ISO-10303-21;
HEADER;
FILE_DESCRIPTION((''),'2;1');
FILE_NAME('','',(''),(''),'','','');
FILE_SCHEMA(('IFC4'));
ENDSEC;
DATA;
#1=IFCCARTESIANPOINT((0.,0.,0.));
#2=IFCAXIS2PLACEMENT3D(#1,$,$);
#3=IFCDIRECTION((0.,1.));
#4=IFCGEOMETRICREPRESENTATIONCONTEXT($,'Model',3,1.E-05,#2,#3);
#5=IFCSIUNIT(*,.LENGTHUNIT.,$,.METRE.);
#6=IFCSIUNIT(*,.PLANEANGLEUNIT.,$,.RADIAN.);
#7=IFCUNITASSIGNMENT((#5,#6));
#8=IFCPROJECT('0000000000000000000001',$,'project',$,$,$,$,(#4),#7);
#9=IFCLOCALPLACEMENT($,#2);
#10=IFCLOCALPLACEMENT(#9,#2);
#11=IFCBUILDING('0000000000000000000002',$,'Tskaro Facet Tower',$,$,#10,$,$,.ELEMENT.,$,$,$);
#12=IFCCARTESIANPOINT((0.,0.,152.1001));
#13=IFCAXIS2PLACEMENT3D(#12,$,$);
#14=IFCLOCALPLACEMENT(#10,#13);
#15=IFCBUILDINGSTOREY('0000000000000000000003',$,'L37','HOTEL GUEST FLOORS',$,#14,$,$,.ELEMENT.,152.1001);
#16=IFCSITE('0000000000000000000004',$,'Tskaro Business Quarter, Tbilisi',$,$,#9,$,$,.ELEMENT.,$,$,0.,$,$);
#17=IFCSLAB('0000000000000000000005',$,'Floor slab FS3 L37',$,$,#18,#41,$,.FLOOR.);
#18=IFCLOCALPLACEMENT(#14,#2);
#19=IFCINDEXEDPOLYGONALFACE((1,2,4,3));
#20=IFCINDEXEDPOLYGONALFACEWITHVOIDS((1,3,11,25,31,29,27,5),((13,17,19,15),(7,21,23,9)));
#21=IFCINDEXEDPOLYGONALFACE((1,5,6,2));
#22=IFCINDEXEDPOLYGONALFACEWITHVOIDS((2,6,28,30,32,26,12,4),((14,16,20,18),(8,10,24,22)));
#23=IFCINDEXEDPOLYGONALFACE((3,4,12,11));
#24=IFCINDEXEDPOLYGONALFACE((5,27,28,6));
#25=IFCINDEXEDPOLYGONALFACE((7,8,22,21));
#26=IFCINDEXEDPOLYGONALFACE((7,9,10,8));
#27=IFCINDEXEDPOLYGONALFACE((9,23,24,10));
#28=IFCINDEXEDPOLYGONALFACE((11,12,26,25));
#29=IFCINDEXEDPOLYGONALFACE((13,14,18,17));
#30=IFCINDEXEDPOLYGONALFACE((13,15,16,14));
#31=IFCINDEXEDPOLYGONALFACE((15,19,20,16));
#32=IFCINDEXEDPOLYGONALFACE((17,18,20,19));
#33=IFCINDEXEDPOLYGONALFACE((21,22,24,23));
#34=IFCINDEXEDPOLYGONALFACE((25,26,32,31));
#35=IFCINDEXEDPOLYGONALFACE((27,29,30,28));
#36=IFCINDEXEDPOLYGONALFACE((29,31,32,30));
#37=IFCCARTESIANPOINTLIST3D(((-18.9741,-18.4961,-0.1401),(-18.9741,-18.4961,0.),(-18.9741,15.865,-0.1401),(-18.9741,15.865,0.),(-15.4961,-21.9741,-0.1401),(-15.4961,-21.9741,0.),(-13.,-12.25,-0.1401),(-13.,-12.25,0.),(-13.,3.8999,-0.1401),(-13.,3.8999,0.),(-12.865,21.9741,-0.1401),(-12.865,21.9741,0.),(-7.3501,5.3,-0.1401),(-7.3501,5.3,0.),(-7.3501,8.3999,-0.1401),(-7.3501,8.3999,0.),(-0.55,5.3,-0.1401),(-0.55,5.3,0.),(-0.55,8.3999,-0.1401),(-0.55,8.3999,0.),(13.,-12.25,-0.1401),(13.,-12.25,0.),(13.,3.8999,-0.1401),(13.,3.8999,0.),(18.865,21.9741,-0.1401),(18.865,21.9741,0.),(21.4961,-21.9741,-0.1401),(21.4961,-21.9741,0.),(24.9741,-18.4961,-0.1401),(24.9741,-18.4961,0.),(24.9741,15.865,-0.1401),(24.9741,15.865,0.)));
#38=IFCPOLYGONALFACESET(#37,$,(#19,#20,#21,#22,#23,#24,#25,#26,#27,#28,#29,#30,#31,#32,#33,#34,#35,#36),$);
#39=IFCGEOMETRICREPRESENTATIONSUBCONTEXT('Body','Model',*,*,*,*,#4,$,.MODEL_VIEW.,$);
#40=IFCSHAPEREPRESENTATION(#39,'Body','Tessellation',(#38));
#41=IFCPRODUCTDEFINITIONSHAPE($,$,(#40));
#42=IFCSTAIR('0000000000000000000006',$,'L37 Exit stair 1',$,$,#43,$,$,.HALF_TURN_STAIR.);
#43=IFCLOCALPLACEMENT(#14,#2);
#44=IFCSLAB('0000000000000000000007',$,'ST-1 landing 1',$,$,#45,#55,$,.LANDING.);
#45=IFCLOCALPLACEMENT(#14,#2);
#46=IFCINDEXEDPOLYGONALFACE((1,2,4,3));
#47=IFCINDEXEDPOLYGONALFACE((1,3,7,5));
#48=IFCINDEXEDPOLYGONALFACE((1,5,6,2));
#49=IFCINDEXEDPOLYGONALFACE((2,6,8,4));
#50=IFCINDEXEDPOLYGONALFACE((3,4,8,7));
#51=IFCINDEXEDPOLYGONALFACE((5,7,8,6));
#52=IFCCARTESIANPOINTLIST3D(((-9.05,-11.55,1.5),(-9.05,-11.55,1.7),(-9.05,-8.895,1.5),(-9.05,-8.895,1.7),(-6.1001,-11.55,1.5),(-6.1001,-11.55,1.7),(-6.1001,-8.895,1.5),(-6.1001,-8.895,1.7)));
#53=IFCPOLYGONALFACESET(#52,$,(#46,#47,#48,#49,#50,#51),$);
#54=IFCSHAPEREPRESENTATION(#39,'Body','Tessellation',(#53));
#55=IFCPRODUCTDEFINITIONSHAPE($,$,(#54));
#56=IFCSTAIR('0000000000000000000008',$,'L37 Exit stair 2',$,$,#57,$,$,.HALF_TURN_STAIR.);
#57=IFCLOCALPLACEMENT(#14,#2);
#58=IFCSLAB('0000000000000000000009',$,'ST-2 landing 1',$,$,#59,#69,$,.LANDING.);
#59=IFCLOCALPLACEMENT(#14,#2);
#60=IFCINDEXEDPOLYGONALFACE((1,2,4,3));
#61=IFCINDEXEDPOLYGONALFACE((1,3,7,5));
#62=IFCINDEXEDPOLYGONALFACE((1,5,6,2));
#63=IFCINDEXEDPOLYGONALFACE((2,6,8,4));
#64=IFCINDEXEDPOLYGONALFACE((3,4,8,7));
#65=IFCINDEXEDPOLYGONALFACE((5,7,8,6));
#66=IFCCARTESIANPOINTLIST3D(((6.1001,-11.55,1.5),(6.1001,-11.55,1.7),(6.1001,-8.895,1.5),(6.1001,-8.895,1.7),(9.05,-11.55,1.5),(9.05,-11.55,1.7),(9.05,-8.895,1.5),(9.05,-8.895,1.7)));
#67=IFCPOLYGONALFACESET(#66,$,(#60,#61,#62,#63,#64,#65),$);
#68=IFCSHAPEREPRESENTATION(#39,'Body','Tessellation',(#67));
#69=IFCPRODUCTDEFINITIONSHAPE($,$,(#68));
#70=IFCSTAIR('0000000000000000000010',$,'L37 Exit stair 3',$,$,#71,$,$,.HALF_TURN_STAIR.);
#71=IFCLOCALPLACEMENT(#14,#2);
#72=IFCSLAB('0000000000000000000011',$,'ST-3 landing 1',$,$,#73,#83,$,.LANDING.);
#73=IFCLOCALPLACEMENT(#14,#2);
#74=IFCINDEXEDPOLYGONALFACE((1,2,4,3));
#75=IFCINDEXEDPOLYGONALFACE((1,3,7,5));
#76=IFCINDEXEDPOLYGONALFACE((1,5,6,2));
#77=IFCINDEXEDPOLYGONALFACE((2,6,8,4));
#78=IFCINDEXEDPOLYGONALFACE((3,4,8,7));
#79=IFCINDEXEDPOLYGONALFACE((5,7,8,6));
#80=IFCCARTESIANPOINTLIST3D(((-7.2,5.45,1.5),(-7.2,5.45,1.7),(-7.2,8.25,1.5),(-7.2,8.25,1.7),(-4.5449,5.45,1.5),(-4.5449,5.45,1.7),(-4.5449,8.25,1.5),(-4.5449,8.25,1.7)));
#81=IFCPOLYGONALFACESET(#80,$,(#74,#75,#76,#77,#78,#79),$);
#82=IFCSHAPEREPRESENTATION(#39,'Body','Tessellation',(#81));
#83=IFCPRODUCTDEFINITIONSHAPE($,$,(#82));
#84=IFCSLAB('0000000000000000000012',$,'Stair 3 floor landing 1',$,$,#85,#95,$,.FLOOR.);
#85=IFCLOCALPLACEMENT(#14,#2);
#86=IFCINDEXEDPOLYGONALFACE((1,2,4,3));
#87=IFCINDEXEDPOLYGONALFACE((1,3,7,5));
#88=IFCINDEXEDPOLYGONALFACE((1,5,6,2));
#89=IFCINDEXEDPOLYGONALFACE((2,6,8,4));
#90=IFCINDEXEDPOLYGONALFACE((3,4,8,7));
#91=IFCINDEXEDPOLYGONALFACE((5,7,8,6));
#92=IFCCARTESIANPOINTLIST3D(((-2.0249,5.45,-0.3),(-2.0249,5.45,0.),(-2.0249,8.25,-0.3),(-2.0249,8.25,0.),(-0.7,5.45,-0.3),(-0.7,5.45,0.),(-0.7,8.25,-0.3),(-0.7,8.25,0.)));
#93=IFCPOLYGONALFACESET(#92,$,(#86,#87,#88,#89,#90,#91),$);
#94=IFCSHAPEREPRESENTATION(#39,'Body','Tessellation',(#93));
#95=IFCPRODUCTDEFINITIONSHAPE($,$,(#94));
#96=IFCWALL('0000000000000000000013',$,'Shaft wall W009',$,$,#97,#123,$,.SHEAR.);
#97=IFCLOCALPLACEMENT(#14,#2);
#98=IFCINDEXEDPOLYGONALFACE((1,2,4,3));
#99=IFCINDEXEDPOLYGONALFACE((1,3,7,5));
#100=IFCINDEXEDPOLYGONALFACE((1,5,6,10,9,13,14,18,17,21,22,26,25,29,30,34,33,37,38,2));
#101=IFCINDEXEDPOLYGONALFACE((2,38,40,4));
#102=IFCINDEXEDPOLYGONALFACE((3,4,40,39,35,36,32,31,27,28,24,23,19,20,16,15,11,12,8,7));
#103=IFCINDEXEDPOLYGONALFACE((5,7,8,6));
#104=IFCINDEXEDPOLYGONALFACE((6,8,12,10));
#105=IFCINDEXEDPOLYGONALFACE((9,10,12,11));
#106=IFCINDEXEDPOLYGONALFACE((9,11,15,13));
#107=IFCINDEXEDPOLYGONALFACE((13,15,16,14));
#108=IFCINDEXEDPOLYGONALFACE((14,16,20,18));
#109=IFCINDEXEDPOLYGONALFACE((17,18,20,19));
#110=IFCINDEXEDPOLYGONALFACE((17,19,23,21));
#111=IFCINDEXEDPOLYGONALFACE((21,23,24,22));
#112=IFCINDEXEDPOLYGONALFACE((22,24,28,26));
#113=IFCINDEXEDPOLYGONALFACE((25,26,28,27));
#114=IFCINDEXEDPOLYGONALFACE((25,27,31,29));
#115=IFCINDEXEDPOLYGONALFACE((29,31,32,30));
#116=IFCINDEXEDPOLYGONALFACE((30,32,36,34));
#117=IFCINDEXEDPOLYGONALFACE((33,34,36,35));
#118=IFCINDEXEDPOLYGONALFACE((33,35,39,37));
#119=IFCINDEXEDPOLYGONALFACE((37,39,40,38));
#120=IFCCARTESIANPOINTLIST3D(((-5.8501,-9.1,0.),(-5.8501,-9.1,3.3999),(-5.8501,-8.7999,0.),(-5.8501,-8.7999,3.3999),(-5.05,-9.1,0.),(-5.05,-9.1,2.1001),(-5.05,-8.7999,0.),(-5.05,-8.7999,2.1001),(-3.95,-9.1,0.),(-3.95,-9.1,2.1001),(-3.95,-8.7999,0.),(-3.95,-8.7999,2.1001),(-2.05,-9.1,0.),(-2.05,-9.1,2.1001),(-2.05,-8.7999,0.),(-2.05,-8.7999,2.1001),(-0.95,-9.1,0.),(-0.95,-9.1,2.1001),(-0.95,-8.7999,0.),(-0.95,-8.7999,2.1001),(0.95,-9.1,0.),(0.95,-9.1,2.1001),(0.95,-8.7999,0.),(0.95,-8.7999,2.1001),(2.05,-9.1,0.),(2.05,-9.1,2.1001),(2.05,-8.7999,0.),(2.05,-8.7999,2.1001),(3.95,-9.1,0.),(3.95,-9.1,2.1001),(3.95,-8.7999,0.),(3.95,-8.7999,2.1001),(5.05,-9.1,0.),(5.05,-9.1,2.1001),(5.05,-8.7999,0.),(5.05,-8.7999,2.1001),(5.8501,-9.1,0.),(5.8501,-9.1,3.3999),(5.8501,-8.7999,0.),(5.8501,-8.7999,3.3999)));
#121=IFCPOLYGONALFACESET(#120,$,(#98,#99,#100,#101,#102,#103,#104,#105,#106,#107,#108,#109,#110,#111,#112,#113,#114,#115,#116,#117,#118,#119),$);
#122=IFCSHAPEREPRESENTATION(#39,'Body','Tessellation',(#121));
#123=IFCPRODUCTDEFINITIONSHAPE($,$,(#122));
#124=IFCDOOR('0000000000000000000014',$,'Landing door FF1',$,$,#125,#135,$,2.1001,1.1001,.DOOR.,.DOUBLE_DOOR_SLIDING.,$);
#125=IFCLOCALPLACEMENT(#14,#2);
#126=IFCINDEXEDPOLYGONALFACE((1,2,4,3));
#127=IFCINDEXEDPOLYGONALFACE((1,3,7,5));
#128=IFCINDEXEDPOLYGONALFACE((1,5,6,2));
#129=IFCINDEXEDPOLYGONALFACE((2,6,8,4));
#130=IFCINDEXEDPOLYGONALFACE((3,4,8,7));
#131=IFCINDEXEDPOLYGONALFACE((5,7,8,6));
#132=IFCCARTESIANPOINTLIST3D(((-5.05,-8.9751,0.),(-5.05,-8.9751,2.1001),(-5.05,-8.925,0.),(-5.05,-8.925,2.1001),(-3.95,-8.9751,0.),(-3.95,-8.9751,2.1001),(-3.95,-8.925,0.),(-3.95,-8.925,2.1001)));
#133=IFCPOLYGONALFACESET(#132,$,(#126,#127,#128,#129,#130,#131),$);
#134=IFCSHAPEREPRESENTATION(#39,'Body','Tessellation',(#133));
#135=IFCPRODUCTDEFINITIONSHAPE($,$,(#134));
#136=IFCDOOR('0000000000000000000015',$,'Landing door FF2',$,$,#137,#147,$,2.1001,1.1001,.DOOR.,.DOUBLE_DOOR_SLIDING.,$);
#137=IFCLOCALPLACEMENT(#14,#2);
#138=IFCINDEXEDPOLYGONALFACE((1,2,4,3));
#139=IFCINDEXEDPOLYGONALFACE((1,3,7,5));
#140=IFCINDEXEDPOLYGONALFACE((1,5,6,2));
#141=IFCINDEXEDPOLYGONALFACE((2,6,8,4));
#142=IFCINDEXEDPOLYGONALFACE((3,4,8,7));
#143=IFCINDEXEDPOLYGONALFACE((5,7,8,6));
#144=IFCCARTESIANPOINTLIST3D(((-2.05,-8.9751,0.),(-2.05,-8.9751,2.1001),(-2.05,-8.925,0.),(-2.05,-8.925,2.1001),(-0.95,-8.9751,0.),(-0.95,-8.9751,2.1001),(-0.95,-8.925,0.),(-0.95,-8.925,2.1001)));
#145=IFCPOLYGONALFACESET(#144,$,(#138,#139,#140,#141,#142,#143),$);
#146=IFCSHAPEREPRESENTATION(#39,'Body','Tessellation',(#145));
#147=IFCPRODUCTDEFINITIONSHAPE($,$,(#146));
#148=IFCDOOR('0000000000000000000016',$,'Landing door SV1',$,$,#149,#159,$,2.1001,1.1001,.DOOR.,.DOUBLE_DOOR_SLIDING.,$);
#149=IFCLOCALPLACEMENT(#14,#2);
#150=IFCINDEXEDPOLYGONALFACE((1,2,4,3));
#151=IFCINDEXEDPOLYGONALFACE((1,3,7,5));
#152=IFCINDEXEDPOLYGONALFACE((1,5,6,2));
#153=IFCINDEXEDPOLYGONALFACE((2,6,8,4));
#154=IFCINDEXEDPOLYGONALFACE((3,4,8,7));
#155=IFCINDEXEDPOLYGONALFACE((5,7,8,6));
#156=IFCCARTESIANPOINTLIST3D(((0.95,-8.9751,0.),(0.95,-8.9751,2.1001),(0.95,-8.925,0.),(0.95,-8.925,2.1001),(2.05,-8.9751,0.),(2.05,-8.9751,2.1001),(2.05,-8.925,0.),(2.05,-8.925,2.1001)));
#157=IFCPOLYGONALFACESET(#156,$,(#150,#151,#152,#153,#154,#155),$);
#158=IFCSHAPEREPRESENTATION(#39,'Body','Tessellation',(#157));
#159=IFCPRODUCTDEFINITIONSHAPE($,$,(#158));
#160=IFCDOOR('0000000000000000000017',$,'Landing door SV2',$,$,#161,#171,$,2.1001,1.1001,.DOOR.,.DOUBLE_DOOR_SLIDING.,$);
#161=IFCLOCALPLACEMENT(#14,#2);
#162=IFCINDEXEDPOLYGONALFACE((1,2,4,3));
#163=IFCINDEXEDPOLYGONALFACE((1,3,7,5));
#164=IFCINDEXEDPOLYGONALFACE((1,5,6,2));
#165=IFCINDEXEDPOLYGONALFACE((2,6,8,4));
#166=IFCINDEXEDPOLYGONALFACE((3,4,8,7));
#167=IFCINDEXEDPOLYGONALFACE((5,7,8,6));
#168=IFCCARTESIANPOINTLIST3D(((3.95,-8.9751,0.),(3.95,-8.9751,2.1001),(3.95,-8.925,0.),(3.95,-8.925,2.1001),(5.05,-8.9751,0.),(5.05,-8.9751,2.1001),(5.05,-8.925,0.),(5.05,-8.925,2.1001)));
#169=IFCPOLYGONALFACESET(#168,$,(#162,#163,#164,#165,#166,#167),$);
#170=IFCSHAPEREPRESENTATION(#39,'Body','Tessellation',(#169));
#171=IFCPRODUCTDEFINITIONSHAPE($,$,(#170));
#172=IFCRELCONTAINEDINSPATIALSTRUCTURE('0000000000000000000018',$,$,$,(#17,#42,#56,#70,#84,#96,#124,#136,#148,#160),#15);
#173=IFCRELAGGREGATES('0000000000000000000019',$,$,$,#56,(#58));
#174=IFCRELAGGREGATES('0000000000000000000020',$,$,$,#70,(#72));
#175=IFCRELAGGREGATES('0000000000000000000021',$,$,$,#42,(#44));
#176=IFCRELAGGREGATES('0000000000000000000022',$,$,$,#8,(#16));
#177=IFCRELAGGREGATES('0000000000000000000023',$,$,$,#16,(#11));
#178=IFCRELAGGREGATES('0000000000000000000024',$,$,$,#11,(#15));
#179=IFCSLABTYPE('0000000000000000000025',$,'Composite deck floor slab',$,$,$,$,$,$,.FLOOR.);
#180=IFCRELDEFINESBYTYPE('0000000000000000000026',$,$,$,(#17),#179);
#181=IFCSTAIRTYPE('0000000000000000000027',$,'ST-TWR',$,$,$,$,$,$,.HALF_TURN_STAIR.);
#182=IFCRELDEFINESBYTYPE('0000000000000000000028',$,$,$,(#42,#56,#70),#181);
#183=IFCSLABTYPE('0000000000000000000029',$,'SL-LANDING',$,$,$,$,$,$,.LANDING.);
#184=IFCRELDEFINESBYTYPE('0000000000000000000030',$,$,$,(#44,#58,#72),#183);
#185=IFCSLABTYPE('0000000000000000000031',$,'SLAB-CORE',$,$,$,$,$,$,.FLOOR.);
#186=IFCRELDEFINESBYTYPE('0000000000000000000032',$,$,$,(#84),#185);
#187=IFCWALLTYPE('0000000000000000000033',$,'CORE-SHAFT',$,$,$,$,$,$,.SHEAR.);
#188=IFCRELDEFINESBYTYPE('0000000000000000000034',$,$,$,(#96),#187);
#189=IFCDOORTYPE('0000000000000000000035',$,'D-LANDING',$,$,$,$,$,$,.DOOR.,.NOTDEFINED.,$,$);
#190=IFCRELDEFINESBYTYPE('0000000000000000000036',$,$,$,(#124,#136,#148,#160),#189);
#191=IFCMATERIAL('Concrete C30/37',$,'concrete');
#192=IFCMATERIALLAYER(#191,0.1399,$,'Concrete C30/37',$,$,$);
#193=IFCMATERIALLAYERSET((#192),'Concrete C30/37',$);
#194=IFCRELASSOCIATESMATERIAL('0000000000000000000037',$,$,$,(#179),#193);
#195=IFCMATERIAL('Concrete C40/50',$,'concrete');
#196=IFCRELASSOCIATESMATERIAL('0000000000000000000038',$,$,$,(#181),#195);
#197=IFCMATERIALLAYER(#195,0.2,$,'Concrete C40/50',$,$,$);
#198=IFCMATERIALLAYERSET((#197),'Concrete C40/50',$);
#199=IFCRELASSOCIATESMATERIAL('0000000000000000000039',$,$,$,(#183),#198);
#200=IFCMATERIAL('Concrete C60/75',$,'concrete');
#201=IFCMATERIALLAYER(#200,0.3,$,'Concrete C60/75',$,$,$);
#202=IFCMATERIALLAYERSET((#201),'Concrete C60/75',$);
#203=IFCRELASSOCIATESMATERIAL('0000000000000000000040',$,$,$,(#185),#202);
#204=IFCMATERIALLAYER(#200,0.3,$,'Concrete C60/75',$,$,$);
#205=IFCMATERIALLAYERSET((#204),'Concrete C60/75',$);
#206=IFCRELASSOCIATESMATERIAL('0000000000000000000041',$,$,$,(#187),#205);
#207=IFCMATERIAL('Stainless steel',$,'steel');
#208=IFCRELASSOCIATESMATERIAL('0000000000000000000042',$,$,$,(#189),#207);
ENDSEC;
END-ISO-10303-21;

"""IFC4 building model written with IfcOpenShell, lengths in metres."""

from ifc_helpers import new_model, si_unit, direction, frame, frame_2d, origin, place, context, subcontext, project, spatial, polyline, rectangle, outline, extrude, material, layer, layer_set, type_object, element, fill, aggregate, save


model = new_model("IFC4")

# Units and contexts
model_context = context("Model", 3, precision=1e-05, world=origin(), true_north=direction((0.0, 1.0)))
body_context = subcontext(model_context, "Body", "Model", "MODEL_VIEW")
ifc_project = project(units=[si_unit("LENGTHUNIT", "METRE"), si_unit("PLANEANGLEUNIT", "RADIAN")], contexts=[model_context])

# Site, building, storey
site_placement = place(None, origin())
site = spatial("IfcSite", under=ifc_project, at=site_placement, Name="Tskaro Business Quarter, Tbilisi", CompositionType="ELEMENT", RefElevation=0.0)
building_placement = place(site_placement, origin())
building = spatial("IfcBuilding", under=site, at=building_placement, Name="Tskaro Facet Tower", CompositionType="ELEMENT")
storey_placement = place(building_placement, frame((0.0, 0.0, 152.1001)))
storey = spatial("IfcBuildingStorey", under=building, at=storey_placement, Name="L37", Description="HOTEL GUEST FLOORS", CompositionType="ELEMENT", Elevation=152.1001)

# Slab
ifc_material_1 = material(Name="Concrete C30/37", Category="concrete")
ifc_layer_1 = layer(ifc_material_1, 0.1399, Name="Concrete C30/37")
ifc_layer_set_1 = layer_set([ifc_layer_1], Name="Concrete C30/37")
slab_type_1 = type_object("IfcSlabType", Name="Composite deck floor slab", PredefinedType="FLOOR", material=ifc_layer_set_1)
slab_1_placement = place(storey_placement, frame((0.0, 0.0, -0.1401)))
element("IfcSlab", 1, at=slab_1_placement, inside=storey, type_object=slab_type_1, Name="Floor slab FS3 L37", PredefinedType="FLOOR", context=body_context, shape_type="SweptSolid", body=[
    extrude(outline(polyline([(-15.4961, -21.9741), (21.4961, -21.9741), (24.9741, -18.4961), (24.9741, 15.865), (18.865, 21.9741), (-12.865, 21.9741), (-18.9741, 15.865), (-18.9741, -18.4961), (-15.4961, -21.9741)]), holes=[polyline([(-13.0, -12.25), (13.0, -12.25), (13.0, 3.8999), (-13.0, 3.8999), (-13.0, -12.25)]), polyline([(-7.3501, 5.3), (-0.55, 5.3), (-0.55, 8.3999), (-7.3501, 8.3999), (-7.3501, 5.3)])]), origin(), (0.0, 0.0, 1.0), 0.1401),
])

# Stairs, slabs
ifc_material_2 = material(Name="Concrete C40/50", Category="concrete")
stair_type = type_object("IfcStairType", Name="ST-TWR", PredefinedType="HALF_TURN_STAIR", material=ifc_material_2)
stair_1_placement = place(storey_placement, origin())
stair_1 = element("IfcStair", 2, at=stair_1_placement, inside=storey, type_object=stair_type, Name="L37 Exit stair 1", PredefinedType="HALF_TURN_STAIR")
ifc_layer_2 = layer(ifc_material_2, 0.2, Name="Concrete C40/50")
ifc_layer_set_2 = layer_set([ifc_layer_2], Name="Concrete C40/50")
slab_type_2 = type_object("IfcSlabType", Name="SL-LANDING", PredefinedType="LANDING", material=ifc_layer_set_2)
slab_2_placement = place(storey_placement, frame((0.0, 0.0, 1.5)))
slab_2 = element("IfcSlab", 3, at=slab_2_placement, type_object=slab_type_2, Name="ST-1 landing 1", PredefinedType="LANDING", context=body_context, shape_type="SweptSolid", body=[
    extrude(outline(polyline([(-9.05, -11.55), (-6.1001, -11.55), (-6.1001, -8.895), (-9.05, -8.895), (-9.05, -11.55)])), origin(), (0.0, 0.0, 1.0), 0.2),
])
stair_2_placement = place(storey_placement, origin())
stair_2 = element("IfcStair", 4, at=stair_2_placement, inside=storey, type_object=stair_type, Name="L37 Exit stair 2", PredefinedType="HALF_TURN_STAIR")
slab_3_placement = place(storey_placement, frame((0.0, 0.0, 1.5)))
slab_3 = element("IfcSlab", 5, at=slab_3_placement, type_object=slab_type_2, Name="ST-2 landing 1", PredefinedType="LANDING", context=body_context, shape_type="SweptSolid", body=[
    extrude(outline(polyline([(6.1001, -11.55), (9.05, -11.55), (9.05, -8.895), (6.1001, -8.895), (6.1001, -11.55)])), origin(), (0.0, 0.0, 1.0), 0.2),
])
aggregate(stair_2, [slab_3])
stair_3_placement = place(storey_placement, origin())
stair_3 = element("IfcStair", 6, at=stair_3_placement, inside=storey, type_object=stair_type, Name="L37 Exit stair 3", PredefinedType="HALF_TURN_STAIR")
slab_4_placement = place(storey_placement, frame((0.0, 0.0, 1.5)))
slab_4 = element("IfcSlab", 7, at=slab_4_placement, type_object=slab_type_2, Name="ST-3 landing 1", PredefinedType="LANDING", context=body_context, shape_type="SweptSolid", body=[
    extrude(outline(polyline([(-7.2, 5.45), (-4.5449, 5.45), (-4.5449, 8.25), (-7.2, 8.25), (-7.2, 5.45)])), origin(), (0.0, 0.0, 1.0), 0.2),
])
aggregate(stair_3, [slab_4])

# Slab
ifc_material_3 = material(Name="Concrete C60/75", Category="concrete")
ifc_layer_3 = layer(ifc_material_3, 0.3, Name="Concrete C60/75")
ifc_layer_set_3 = layer_set([ifc_layer_3], Name="Concrete C60/75")
slab_type_3 = type_object("IfcSlabType", Name="SLAB-CORE", PredefinedType="FLOOR", material=ifc_layer_set_3)
slab_5_placement = place(storey_placement, frame((0.0, 0.0, -0.3)))
element("IfcSlab", 8, at=slab_5_placement, inside=storey, type_object=slab_type_3, Name="Stair 3 floor landing 1", PredefinedType="FLOOR", context=body_context, shape_type="SweptSolid", body=[
    extrude(outline(polyline([(-2.0249, 5.45), (-0.7, 5.45), (-0.7, 8.25), (-2.0249, 8.25), (-2.0249, 5.45)])), origin(), (0.0, 0.0, 1.0), 0.3),
])

# Wall, openings, doors
ifc_layer_4 = layer(ifc_material_3, 0.3, Name="Concrete C60/75")
ifc_layer_set_4 = layer_set([ifc_layer_4], Name="Concrete C60/75")
wall_type_1 = type_object("IfcWallType", Name="CORE-SHAFT", PredefinedType="SHEAR", material=ifc_layer_set_4)
wall_1_placement = place(storey_placement, frame((-5.8501, -8.95, 0.0), z_axis=(0.0, 0.0, 1.0), x_axis=(1.0, 0.0, 0.0)))
wall_1 = element("IfcWall", 9, at=wall_1_placement, inside=storey, type_object=wall_type_1, Name="Shaft wall W009", PredefinedType="SHEAR", context=body_context, shape_type="SweptSolid", body=[
    extrude(rectangle(XDim=11.7002, YDim=0.3, at=frame_2d((5.8501, 0.0))), origin(), (0.0, 0.0, 1.0), 3.3999),
])
opening_1_placement = place(wall_1_placement, frame((0.8, 0.0, 0.0)))
opening_1 = element("IfcOpeningElement", 10, at=opening_1_placement, cuts=wall_1, PredefinedType="OPENING", context=body_context, shape_type="SweptSolid", body=[
    extrude(rectangle(XDim=1.1001, YDim=2.1001, at=frame_2d((0.55, 1.05))), frame((0.0, 0.1599, 0.0), z_axis=(0.0, -1.0, 0.0), x_axis=(1.0, 0.0, 0.0)), (0.0, 0.0, 1.0), 0.3201),
])
opening_2_placement = place(wall_1_placement, frame((3.8, 0.0, 0.0)))
opening_2 = element("IfcOpeningElement", 11, at=opening_2_placement, cuts=wall_1, PredefinedType="OPENING", context=body_context, shape_type="SweptSolid", body=[
    extrude(rectangle(XDim=1.1001, YDim=2.1001, at=frame_2d((0.55, 1.05))), frame((0.0, 0.1599, 0.0), z_axis=(0.0, -1.0, 0.0), x_axis=(1.0, 0.0, 0.0)), (0.0, 0.0, 1.0), 0.3201),
])
opening_3_placement = place(wall_1_placement, frame((6.8, 0.0, 0.0)))
opening_3 = element("IfcOpeningElement", 12, at=opening_3_placement, cuts=wall_1, PredefinedType="OPENING", context=body_context, shape_type="SweptSolid", body=[
    extrude(rectangle(XDim=1.1001, YDim=2.1001, at=frame_2d((0.55, 1.05))), frame((0.0, 0.1599, 0.0), z_axis=(0.0, -1.0, 0.0), x_axis=(1.0, 0.0, 0.0)), (0.0, 0.0, 1.0), 0.3201),
])
opening_4_placement = place(wall_1_placement, frame((9.8, 0.0, 0.0)))
opening_4 = element("IfcOpeningElement", 13, at=opening_4_placement, cuts=wall_1, PredefinedType="OPENING", context=body_context, shape_type="SweptSolid", body=[
    extrude(rectangle(XDim=1.1001, YDim=2.1001, at=frame_2d((0.55, 1.05))), frame((0.0, 0.1599, 0.0), z_axis=(0.0, -1.0, 0.0), x_axis=(1.0, 0.0, 0.0)), (0.0, 0.0, 1.0), 0.3201),
])
ifc_material_4 = material(Name="Stainless steel", Category="steel")
door_type_1 = type_object("IfcDoorType", Name="D-LANDING", OperationType="NOTDEFINED", PredefinedType="DOOR", material=ifc_material_4)
door_1_placement = place(opening_1_placement, origin())
door_1 = element("IfcDoor", 14, at=door_1_placement, inside=storey, type_object=door_type_1, Name="Landing door FF1", OperationType="DOUBLE_DOOR_SLIDING", OverallHeight=2.1001, OverallWidth=1.1001, PredefinedType="DOOR", context=body_context, shape_type="SweptSolid", body=[
    extrude(rectangle(XDim=1.1001, YDim=2.1001, at=frame_2d((0.55, 1.05))), frame((0.0, 0.0249, 0.0), z_axis=(0.0, -1.0, 0.0), x_axis=(1.0, 0.0, 0.0)), (0.0, 0.0, 1.0), 0.05),
])
fill(opening_1, door_1)
door_2_placement = place(opening_2_placement, origin())
door_2 = element("IfcDoor", 15, at=door_2_placement, inside=storey, type_object=door_type_1, Name="Landing door FF2", OperationType="DOUBLE_DOOR_SLIDING", OverallHeight=2.1001, OverallWidth=1.1001, PredefinedType="DOOR", context=body_context, shape_type="SweptSolid", body=[
    extrude(rectangle(XDim=1.1001, YDim=2.1001, at=frame_2d((0.55, 1.05))), frame((0.0, 0.0249, 0.0), z_axis=(0.0, -1.0, 0.0), x_axis=(1.0, 0.0, 0.0)), (0.0, 0.0, 1.0), 0.05),
])
fill(opening_2, door_2)
door_3_placement = place(opening_3_placement, origin())
door_3 = element("IfcDoor", 16, at=door_3_placement, inside=storey, type_object=door_type_1, Name="Landing door SV1", OperationType="DOUBLE_DOOR_SLIDING", OverallHeight=2.1001, OverallWidth=1.1001, PredefinedType="DOOR", context=body_context, shape_type="SweptSolid", body=[
    extrude(rectangle(XDim=1.1001, YDim=2.1001, at=frame_2d((0.55, 1.05))), frame((0.0, 0.0249, 0.0), z_axis=(0.0, -1.0, 0.0), x_axis=(1.0, 0.0, 0.0)), (0.0, 0.0, 1.0), 0.05),
])
fill(opening_3, door_3)
door_4_placement = place(opening_4_placement, origin())
door_4 = element("IfcDoor", 17, at=door_4_placement, inside=storey, type_object=door_type_1, Name="Landing door SV2", OperationType="DOUBLE_DOOR_SLIDING", OverallHeight=2.1001, OverallWidth=1.1001, PredefinedType="DOOR", context=body_context, shape_type="SweptSolid", body=[
    extrude(rectangle(XDim=1.1001, YDim=2.1001, at=frame_2d((0.55, 1.05))), frame((0.0, 0.0249, 0.0), z_axis=(0.0, -1.0, 0.0), x_axis=(1.0, 0.0, 0.0)), (0.0, 0.0, 1.0), 0.05),
])
fill(opening_4, door_4)

aggregate(stair_1, [slab_2])

save(model, "model.ifc")
